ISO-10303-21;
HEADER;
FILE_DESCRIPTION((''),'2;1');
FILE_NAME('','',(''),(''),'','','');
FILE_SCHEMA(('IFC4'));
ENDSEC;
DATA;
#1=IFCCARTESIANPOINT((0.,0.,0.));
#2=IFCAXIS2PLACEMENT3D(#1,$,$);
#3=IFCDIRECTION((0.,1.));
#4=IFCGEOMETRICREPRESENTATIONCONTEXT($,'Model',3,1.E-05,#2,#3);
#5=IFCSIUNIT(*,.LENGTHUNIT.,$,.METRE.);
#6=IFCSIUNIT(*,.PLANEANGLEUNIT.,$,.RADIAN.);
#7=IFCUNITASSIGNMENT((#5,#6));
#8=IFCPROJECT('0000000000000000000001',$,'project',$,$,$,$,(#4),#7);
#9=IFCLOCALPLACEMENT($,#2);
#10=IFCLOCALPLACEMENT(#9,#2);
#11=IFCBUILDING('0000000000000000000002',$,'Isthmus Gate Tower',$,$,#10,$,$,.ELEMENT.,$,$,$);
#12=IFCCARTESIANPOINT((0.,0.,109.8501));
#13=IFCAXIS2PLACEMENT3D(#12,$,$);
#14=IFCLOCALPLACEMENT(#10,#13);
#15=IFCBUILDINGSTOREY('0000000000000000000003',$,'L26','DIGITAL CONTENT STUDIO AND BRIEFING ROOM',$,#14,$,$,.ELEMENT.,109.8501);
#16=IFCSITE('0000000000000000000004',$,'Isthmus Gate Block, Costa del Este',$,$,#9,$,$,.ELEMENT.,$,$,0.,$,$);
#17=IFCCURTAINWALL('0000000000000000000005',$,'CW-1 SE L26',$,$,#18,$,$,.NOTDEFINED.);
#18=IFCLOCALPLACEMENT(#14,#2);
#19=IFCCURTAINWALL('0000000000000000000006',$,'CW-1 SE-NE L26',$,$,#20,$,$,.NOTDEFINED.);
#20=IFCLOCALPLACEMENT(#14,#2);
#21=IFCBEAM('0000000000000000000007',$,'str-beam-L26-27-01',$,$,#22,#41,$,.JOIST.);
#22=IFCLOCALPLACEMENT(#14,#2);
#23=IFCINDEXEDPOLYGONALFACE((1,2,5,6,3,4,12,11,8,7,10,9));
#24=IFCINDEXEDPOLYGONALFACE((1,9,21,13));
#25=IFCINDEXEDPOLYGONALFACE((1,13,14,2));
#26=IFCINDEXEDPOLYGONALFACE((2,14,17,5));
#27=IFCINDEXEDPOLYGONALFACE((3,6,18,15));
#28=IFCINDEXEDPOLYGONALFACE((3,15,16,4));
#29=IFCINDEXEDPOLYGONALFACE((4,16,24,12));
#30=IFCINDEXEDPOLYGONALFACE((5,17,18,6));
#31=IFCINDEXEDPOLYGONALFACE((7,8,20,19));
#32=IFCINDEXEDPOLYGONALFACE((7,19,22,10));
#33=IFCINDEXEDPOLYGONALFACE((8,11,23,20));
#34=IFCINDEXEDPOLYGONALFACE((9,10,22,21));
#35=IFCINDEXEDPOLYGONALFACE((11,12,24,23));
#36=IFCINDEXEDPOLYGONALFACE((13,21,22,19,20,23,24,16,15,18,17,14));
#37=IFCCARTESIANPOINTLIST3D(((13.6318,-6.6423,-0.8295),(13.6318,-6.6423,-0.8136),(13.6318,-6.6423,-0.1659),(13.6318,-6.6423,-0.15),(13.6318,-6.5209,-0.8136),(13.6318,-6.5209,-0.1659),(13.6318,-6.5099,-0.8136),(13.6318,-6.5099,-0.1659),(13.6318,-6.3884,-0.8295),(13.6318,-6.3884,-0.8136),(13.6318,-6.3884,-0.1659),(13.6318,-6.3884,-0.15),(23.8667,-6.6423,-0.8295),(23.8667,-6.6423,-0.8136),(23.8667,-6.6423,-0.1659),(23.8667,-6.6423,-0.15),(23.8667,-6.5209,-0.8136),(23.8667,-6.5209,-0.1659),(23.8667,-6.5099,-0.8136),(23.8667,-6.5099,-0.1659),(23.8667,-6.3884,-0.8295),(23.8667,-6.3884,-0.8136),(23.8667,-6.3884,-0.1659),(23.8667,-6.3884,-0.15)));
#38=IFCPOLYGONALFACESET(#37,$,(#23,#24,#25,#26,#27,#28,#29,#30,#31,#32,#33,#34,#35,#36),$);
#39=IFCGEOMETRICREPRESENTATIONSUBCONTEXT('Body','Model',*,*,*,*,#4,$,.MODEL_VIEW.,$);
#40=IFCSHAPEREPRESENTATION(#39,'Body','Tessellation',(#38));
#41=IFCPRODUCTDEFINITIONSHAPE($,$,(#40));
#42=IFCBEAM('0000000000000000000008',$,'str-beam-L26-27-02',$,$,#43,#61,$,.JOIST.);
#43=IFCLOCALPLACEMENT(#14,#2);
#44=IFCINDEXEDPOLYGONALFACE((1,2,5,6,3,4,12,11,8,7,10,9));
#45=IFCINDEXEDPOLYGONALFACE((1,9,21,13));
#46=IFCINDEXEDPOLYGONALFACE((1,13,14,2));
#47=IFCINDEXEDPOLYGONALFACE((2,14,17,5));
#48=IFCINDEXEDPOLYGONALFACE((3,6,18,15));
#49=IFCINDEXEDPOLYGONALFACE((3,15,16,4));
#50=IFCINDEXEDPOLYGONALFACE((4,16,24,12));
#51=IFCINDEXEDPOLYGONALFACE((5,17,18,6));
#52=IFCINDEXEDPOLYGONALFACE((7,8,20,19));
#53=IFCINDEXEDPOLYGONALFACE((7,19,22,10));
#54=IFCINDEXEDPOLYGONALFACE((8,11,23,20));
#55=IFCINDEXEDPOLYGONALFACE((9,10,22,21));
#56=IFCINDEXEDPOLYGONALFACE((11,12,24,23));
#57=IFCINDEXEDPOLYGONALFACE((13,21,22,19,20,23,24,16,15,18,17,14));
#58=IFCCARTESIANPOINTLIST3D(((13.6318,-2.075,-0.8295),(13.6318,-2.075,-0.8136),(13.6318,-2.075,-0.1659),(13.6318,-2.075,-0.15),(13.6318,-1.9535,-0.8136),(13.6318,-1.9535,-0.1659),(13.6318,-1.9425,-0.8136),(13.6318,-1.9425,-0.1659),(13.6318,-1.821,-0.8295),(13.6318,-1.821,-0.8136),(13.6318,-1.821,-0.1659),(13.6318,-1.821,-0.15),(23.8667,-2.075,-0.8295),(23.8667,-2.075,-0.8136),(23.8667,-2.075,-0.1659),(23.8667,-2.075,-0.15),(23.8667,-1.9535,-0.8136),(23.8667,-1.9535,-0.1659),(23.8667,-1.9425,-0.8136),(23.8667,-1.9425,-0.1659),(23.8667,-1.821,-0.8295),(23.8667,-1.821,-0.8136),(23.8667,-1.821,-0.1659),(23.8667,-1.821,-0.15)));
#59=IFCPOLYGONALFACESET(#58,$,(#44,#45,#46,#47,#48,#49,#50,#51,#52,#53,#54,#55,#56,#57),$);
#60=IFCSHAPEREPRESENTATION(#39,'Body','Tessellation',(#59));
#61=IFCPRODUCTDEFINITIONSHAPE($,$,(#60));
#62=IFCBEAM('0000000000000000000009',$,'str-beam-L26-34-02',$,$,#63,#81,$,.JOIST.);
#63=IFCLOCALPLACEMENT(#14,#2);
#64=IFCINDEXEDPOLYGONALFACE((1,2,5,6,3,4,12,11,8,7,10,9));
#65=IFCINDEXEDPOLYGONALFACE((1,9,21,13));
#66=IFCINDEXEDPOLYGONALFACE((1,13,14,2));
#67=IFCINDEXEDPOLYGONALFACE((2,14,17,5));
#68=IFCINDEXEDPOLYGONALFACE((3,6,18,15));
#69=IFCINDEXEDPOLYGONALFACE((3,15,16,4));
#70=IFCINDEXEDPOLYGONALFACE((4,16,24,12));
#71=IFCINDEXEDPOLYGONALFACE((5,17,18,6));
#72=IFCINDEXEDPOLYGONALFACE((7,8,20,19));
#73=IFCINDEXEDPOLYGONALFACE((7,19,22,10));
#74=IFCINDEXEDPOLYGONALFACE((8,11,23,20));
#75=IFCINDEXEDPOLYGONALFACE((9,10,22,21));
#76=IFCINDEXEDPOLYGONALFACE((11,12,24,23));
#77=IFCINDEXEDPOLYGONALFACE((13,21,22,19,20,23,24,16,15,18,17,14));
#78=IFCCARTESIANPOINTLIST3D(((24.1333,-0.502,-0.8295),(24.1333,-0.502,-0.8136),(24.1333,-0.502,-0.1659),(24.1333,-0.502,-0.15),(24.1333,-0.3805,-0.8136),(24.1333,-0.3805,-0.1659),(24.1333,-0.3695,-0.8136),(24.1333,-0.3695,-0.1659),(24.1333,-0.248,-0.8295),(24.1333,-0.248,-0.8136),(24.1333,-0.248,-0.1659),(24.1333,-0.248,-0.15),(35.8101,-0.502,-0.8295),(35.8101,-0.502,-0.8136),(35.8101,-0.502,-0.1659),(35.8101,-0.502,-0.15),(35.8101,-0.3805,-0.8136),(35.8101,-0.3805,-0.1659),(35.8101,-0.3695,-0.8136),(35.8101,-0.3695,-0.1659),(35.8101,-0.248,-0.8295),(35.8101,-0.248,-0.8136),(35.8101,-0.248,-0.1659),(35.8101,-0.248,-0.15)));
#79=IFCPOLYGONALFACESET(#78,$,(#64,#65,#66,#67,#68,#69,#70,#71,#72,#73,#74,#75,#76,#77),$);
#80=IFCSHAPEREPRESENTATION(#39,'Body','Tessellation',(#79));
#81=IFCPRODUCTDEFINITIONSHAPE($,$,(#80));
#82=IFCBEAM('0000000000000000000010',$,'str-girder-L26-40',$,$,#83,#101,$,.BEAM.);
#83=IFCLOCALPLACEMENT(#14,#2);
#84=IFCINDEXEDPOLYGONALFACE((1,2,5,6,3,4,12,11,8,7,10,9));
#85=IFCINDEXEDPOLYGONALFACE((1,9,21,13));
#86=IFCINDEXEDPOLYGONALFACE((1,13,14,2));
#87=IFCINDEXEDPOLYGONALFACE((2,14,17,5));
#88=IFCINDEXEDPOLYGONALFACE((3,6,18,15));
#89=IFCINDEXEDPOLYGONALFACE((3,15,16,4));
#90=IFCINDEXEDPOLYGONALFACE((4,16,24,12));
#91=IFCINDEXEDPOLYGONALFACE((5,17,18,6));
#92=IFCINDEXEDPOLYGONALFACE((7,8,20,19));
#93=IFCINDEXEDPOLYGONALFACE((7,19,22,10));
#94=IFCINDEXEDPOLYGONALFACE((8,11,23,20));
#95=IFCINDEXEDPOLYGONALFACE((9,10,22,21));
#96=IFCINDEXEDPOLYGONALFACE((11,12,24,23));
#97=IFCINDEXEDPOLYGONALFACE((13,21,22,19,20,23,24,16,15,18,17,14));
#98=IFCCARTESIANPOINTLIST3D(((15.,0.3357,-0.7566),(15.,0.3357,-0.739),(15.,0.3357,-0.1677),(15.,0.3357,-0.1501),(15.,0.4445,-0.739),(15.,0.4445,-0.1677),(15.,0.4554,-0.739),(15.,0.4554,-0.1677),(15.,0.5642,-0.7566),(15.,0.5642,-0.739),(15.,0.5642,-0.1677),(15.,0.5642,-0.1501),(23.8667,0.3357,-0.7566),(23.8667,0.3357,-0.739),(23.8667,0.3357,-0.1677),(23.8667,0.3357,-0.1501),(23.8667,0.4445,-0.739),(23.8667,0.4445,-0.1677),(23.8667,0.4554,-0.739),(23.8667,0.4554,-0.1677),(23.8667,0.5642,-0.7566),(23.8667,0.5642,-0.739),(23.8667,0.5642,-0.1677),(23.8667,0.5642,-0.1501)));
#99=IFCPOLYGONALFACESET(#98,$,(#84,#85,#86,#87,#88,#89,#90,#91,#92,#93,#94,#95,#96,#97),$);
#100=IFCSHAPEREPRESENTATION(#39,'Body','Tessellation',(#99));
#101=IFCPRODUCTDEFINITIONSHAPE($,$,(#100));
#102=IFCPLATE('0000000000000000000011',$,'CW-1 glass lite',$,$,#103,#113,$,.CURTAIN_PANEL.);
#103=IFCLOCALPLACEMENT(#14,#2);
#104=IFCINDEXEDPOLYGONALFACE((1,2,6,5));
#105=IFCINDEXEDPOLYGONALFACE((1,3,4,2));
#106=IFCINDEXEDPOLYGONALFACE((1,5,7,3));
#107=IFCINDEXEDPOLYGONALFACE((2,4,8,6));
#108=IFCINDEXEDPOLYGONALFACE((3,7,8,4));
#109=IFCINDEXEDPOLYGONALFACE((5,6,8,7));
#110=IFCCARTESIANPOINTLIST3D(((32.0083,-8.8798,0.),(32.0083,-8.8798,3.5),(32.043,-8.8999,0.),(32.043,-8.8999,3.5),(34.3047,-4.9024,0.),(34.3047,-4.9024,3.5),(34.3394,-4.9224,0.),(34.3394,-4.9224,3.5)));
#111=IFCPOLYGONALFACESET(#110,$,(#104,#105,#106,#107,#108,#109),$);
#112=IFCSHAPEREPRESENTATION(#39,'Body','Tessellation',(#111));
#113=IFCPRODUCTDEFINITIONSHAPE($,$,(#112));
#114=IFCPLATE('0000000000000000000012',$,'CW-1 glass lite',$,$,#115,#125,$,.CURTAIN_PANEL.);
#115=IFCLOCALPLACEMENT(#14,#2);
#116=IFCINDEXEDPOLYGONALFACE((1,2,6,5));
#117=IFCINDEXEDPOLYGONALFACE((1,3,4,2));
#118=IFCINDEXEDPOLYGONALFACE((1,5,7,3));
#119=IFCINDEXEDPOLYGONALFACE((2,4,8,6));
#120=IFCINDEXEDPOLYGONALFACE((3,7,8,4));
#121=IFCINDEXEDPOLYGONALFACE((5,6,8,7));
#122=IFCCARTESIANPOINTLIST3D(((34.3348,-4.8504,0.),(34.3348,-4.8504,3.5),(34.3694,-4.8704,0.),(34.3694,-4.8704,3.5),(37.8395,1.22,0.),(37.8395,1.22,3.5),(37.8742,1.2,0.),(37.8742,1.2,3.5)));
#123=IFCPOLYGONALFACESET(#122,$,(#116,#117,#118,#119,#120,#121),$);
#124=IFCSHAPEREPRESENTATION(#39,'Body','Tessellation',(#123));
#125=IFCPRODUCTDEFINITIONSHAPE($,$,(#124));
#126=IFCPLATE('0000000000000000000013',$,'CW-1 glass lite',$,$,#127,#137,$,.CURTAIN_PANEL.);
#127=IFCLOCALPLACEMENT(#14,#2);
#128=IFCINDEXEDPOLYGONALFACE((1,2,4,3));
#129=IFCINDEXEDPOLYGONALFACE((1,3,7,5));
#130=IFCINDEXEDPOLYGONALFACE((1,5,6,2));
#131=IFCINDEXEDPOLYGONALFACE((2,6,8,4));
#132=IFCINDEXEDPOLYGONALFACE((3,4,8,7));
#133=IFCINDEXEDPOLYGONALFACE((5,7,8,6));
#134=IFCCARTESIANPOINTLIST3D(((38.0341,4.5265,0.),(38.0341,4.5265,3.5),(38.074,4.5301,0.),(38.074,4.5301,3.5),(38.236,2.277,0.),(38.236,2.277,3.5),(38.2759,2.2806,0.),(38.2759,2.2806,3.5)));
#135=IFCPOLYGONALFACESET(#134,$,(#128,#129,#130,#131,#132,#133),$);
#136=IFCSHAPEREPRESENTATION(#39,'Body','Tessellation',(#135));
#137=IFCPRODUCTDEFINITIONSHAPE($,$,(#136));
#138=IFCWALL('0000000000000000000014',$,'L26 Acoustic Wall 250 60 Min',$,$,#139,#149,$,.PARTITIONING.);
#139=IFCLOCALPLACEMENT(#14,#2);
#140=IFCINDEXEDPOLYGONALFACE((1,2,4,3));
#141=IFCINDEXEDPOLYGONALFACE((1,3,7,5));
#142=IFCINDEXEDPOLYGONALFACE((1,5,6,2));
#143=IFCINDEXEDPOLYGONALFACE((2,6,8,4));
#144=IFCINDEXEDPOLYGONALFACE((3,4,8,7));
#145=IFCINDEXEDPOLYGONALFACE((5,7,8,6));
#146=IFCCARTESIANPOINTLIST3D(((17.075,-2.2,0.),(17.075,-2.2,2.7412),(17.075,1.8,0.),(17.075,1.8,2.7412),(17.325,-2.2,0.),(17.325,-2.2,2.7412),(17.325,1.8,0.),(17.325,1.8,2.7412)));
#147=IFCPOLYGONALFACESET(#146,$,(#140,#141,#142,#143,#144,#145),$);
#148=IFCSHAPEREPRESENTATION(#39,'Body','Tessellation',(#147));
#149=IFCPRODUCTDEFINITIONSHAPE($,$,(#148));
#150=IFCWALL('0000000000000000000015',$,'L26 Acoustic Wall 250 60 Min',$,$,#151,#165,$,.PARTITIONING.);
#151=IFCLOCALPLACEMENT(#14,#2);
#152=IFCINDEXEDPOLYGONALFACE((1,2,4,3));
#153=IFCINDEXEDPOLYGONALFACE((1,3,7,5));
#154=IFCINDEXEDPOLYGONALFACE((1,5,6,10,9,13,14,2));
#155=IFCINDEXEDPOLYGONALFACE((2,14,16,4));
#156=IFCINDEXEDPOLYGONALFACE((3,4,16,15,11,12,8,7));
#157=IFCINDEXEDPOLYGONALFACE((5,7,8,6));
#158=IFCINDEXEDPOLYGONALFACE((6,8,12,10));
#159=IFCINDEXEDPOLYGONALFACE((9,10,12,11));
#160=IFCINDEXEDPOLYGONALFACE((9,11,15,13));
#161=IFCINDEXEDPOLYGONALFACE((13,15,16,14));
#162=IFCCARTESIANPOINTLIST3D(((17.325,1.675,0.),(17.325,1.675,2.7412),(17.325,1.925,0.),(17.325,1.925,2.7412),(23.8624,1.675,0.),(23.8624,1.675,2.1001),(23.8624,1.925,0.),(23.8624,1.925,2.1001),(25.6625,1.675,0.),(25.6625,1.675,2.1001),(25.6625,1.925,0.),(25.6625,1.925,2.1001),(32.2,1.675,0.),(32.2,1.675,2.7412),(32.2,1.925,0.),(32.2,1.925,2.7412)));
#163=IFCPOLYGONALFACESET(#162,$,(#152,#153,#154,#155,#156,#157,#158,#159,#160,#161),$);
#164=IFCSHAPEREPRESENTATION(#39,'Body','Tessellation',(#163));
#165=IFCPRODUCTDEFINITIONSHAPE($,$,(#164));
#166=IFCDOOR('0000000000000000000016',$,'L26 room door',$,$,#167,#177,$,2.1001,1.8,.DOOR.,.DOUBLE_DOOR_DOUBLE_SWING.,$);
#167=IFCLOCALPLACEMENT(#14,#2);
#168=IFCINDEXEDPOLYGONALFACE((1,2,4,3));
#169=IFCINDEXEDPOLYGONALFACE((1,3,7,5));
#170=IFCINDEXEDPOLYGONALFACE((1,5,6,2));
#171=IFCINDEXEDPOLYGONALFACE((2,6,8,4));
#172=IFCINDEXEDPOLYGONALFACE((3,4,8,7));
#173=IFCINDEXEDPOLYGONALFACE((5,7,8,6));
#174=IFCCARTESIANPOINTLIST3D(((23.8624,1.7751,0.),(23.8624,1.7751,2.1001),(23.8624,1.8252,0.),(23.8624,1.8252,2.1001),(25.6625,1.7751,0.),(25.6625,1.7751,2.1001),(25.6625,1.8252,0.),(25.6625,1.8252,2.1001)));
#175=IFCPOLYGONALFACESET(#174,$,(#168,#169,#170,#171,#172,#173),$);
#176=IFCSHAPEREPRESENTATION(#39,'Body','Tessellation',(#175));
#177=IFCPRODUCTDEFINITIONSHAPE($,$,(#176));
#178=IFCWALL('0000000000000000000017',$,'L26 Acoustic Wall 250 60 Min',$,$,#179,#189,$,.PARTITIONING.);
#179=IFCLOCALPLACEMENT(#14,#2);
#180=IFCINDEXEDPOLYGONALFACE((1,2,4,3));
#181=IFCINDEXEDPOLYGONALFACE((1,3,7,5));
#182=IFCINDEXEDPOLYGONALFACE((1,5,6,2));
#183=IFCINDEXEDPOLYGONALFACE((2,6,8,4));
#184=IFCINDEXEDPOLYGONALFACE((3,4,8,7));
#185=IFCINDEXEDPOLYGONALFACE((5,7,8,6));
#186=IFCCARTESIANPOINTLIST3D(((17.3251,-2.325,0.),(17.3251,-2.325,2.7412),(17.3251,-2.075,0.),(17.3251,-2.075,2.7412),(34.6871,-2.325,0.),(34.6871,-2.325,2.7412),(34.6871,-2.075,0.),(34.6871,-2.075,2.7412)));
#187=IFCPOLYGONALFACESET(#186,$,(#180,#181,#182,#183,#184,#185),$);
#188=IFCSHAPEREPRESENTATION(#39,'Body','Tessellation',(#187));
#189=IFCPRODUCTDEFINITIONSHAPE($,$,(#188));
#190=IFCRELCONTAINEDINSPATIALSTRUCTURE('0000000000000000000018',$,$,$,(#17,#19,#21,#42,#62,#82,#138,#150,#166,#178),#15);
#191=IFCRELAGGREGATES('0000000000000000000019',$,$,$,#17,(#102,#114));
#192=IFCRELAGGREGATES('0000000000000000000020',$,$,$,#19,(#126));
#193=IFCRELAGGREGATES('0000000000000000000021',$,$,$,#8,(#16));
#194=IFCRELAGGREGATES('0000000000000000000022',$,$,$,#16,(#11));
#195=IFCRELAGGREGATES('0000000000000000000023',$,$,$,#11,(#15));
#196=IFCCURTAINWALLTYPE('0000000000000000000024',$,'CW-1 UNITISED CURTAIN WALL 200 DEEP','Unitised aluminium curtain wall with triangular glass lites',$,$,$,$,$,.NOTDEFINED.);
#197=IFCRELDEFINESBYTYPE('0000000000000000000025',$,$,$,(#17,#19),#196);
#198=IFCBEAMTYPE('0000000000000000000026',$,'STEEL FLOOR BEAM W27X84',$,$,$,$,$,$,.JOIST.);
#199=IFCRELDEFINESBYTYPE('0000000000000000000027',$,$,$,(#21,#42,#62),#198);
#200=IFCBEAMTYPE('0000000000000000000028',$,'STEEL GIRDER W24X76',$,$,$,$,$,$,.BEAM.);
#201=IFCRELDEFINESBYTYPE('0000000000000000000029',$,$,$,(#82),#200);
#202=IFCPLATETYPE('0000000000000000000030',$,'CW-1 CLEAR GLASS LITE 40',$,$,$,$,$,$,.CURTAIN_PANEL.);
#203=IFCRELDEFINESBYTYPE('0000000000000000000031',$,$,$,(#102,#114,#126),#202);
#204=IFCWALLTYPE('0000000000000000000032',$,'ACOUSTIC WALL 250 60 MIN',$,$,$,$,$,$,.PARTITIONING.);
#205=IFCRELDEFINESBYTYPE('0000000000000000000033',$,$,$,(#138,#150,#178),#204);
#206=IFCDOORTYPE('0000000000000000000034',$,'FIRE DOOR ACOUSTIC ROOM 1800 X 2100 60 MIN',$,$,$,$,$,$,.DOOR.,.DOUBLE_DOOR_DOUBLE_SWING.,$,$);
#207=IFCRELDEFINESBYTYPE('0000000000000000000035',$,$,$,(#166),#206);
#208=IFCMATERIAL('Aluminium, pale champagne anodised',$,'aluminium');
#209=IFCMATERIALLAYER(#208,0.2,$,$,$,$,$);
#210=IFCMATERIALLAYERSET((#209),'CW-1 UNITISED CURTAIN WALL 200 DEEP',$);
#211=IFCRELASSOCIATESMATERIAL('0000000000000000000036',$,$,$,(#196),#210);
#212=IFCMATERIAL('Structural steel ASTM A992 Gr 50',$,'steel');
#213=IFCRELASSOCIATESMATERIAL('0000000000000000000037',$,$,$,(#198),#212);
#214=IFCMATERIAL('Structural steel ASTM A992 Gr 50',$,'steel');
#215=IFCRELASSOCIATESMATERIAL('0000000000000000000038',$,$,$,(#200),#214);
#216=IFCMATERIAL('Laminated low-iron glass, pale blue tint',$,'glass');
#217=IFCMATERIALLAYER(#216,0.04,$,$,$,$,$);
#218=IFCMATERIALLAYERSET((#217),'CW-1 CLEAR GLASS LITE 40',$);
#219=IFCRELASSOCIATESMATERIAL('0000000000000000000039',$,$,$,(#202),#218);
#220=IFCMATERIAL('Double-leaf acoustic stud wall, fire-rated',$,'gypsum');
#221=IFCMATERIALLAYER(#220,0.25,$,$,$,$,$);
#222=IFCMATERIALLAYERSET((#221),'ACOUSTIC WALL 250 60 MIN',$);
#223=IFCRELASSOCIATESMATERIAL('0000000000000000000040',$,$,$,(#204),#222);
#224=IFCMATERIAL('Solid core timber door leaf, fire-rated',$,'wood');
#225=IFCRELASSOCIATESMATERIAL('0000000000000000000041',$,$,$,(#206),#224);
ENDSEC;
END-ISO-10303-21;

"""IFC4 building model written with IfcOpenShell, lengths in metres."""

from ifc_helpers import new_model, si_unit, direction, frame, frame_2d, origin, origin_2d, place, context, subcontext, project, spatial, rectangle, i_section, extrude, material, layer, layer_set, material_profile, profile_set, type_object, element, fill, aggregate, save


model = new_model("IFC4")

# Units and contexts
model_context = context("Model", 3, precision=1e-05, world=origin(), true_north=direction((0.0, 1.0)))
body_context = subcontext(model_context, "Body", "Model", "MODEL_VIEW")
ifc_project = project(units=[si_unit("LENGTHUNIT", "METRE"), si_unit("PLANEANGLEUNIT", "RADIAN")], contexts=[model_context])

# Site, building, storey
site_placement = place(None, origin())
site = spatial("IfcSite", under=ifc_project, at=site_placement, Name="Isthmus Gate Block, Costa del Este", CompositionType="ELEMENT", RefElevation=0.0)
building_placement = place(site_placement, origin())
building = spatial("IfcBuilding", under=site, at=building_placement, Name="Isthmus Gate Tower", CompositionType="ELEMENT")
storey_placement = place(building_placement, frame((0.0, 0.0, 109.8501)))
storey = spatial("IfcBuildingStorey", under=building, at=storey_placement, Name="L26", Description="DIGITAL CONTENT STUDIO AND BRIEFING ROOM", CompositionType="ELEMENT", Elevation=109.8501)

# Curtain walls
ifc_material_1 = material(Name="Aluminium, pale champagne anodised", Category="aluminium")
ifc_layer_1 = layer(ifc_material_1, 0.2)
ifc_layer_set_1 = layer_set([ifc_layer_1], Name="CW-1 UNITISED CURTAIN WALL 200 DEEP")
curtain_wall_type = type_object("IfcCurtainWallType", Name="CW-1 UNITISED CURTAIN WALL 200 DEEP", Description="Unitised aluminium curtain wall with triangular glass lites", PredefinedType="NOTDEFINED", material=ifc_layer_set_1)
curtain_wall_1_placement = place(storey_placement, origin())
curtain_wall_1 = element("IfcCurtainWall", 1, at=curtain_wall_1_placement, inside=storey, type_object=curtain_wall_type, Name="CW-1 SE L26", PredefinedType="NOTDEFINED")
curtain_wall_2_placement = place(storey_placement, origin())
curtain_wall_2 = element("IfcCurtainWall", 2, at=curtain_wall_2_placement, inside=storey, type_object=curtain_wall_type, Name="CW-1 SE-NE L26", PredefinedType="NOTDEFINED")

# Beams
ifc_material_2 = material(Name="Structural steel ASTM A992 Gr 50", Category="steel")
ifc_material_profile_1 = material_profile(ifc_material_2, i_section(OverallWidth=0.2539, OverallDepth=0.6794, WebThickness=0.011, FlangeThickness=0.0159, at=origin_2d()), Name="W27X84")
ifc_profile_set_1 = profile_set([ifc_material_profile_1], Name="Structural steel ASTM A992 Gr 50")
beam_type_1 = type_object("IfcBeamType", Name="STEEL FLOOR BEAM W27X84", PredefinedType="JOIST", material=ifc_profile_set_1)
for number, where, z_axis, x_axis, name in (
    (3, (13.6318, -6.5154, -0.4897), (1.0, 0.0, 0.0), (0.0, 1.0, 0.0), "str-beam-L26-27-01"),
    (4, (13.6318, -1.948, -0.4897), (1.0, 0.0, 0.0), (0.0, 1.0, 0.0), "str-beam-L26-27-02"),
):
    element("IfcBeam", number, at=place(storey_placement, frame(where, z_axis=z_axis, x_axis=x_axis)), inside=storey, type_object=beam_type_1, Name=name, PredefinedType="JOIST", context=body_context, shape_type="SweptSolid", body=[
        extrude(i_section(OverallWidth=0.2539, OverallDepth=0.6794, WebThickness=0.011, FlangeThickness=0.0159, at=origin_2d()), origin(), (0.0, 0.0, 1.0), 10.2349),
    ])
beam_1_placement = place(storey_placement, frame((24.1333, -0.375, -0.4897), z_axis=(1.0, 0.0, 0.0), x_axis=(0.0, 1.0, 0.0)))
element("IfcBeam", 5, at=beam_1_placement, inside=storey, type_object=beam_type_1, Name="str-beam-L26-34-02", PredefinedType="JOIST", context=body_context, shape_type="SweptSolid", body=[
    extrude(i_section(OverallWidth=0.2539, OverallDepth=0.6794, WebThickness=0.011, FlangeThickness=0.0159, at=origin_2d()), origin(), (0.0, 0.0, 1.0), 11.6768),
])
ifc_material_3 = material(Name="Structural steel ASTM A992 Gr 50", Category="steel")
ifc_material_profile_2 = material_profile(ifc_material_3, i_section(OverallWidth=0.2285, OverallDepth=0.6064, WebThickness=0.011, FlangeThickness=0.0176, at=origin_2d()), Name="W24X76")
ifc_profile_set_2 = profile_set([ifc_material_profile_2], Name="Structural steel ASTM A992 Gr 50")
beam_type_2 = type_object("IfcBeamType", Name="STEEL GIRDER W24X76", PredefinedType="BEAM", material=ifc_profile_set_2)
beam_2_placement = place(storey_placement, frame((15.0, 0.45, -0.4534), z_axis=(1.0, 0.0, 0.0), x_axis=(0.0, 1.0, 0.0)))
element("IfcBeam", 6, at=beam_2_placement, inside=storey, type_object=beam_type_2, Name="str-girder-L26-40", PredefinedType="BEAM", context=body_context, shape_type="SweptSolid", body=[
    extrude(i_section(OverallWidth=0.2285, OverallDepth=0.6064, WebThickness=0.011, FlangeThickness=0.0176, at=origin_2d()), origin(), (0.0, 0.0, 1.0), 8.8667),
])

# Plates
ifc_material_4 = material(Name="Laminated low-iron glass, pale blue tint", Category="glass")
ifc_layer_2 = layer(ifc_material_4, 0.04)
ifc_layer_set_2 = layer_set([ifc_layer_2], Name="CW-1 CLEAR GLASS LITE 40")
plate_type = type_object("IfcPlateType", Name="CW-1 CLEAR GLASS LITE 40", PredefinedType="CURTAIN_PANEL", material=ifc_layer_set_2)
plate_1_placement = place(storey_placement, frame((33.1738, -6.9011, 0.0), z_axis=(0.0, 0.0, 1.0), x_axis=(0.5, 0.866025, 0.0)))
plate_1 = element("IfcPlate", 7, at=plate_1_placement, type_object=plate_type, Name="CW-1 glass lite", PredefinedType="CURTAIN_PANEL", context=body_context, shape_type="SweptSolid", body=[
    extrude(rectangle(XDim=4.5928, YDim=0.04, at=origin_2d()), origin(), (0.0, 0.0, 1.0), 3.5),
])
plate_2_placement = place(storey_placement, frame((36.1045, -1.8252, 0.0), z_axis=(0.0, 0.0, 1.0), x_axis=(0.5, 0.866025, 0.0)))
plate_2 = element("IfcPlate", 8, at=plate_2_placement, type_object=plate_type, Name="CW-1 glass lite", PredefinedType="CURTAIN_PANEL", context=body_context, shape_type="SweptSolid", body=[
    extrude(rectangle(XDim=7.0095, YDim=0.04, at=origin_2d()), origin(), (0.0, 0.0, 1.0), 3.5),
])
aggregate(curtain_wall_1, [plate_1, plate_2])
plate_3_placement = place(storey_placement, frame((38.155, 3.4036, 0.0), z_axis=(0.0, 0.0, 1.0), x_axis=(-0.089397, 0.995996, 0.0)))
plate_3 = element("IfcPlate", 9, at=plate_3_placement, type_object=plate_type, Name="CW-1 glass lite", PredefinedType="CURTAIN_PANEL", context=body_context, shape_type="SweptSolid", body=[
    extrude(rectangle(XDim=2.2585, YDim=0.04, at=origin_2d()), origin(), (0.0, 0.0, 1.0), 3.5),
])
aggregate(curtain_wall_2, [plate_3])

# Wall
ifc_material_5 = material(Name="Double-leaf acoustic stud wall, fire-rated", Category="gypsum")
ifc_layer_3 = layer(ifc_material_5, 0.25)
ifc_layer_set_3 = layer_set([ifc_layer_3], Name="ACOUSTIC WALL 250 60 MIN")
wall_type_1 = type_object("IfcWallType", Name="ACOUSTIC WALL 250 60 MIN", PredefinedType="PARTITIONING", material=ifc_layer_set_3)
wall_1_placement = place(storey_placement, frame((17.2, 1.8, 0.0), z_axis=(0.0, 0.0, 1.0), x_axis=(0.0, -1.0, 0.0)))
element("IfcWall", 10, at=wall_1_placement, inside=storey, type_object=wall_type_1, Name="L26 Acoustic Wall 250 60 Min", PredefinedType="PARTITIONING", context=body_context, shape_type="SweptSolid", body=[
    extrude(rectangle(XDim=4.0, YDim=0.25, at=frame_2d((2.0, 0.0))), origin(), (0.0, 0.0, 1.0), 2.7412),
])

# Wall, opening, door
wall_2_placement = place(storey_placement, frame((32.2, 1.8, 0.0), z_axis=(0.0, 0.0, 1.0), x_axis=(-1.0, 0.0, 0.0)))
wall_2 = element("IfcWall", 11, at=wall_2_placement, inside=storey, type_object=wall_type_1, Name="L26 Acoustic Wall 250 60 Min", PredefinedType="PARTITIONING", context=body_context, shape_type="SweptSolid", body=[
    extrude(rectangle(XDim=14.875, YDim=0.25, at=frame_2d((7.4375, 0.0))), origin(), (0.0, 0.0, 1.0), 2.7412),
])
opening_1_placement = place(wall_2_placement, frame((6.5376, 0.0, 0.0)))
opening_1 = element("IfcOpeningElement", 12, at=opening_1_placement, cuts=wall_2, PredefinedType="OPENING", context=body_context, shape_type="SweptSolid", body=[
    extrude(rectangle(XDim=1.8, YDim=2.1001, at=frame_2d((0.8999, 1.05))), frame((0.0, 0.135, 0.0), z_axis=(0.0, -1.0, 0.0), x_axis=(1.0, 0.0, 0.0)), (0.0, 0.0, 1.0), 0.27),
])
ifc_material_6 = material(Name="Solid core timber door leaf, fire-rated", Category="wood")
door_type_1 = type_object("IfcDoorType", Name="FIRE DOOR ACOUSTIC ROOM 1800 X 2100 60 MIN", OperationType="DOUBLE_DOOR_DOUBLE_SWING", PredefinedType="DOOR", material=ifc_material_6)
door_1_placement = place(opening_1_placement, origin())
door_1 = element("IfcDoor", 13, at=door_1_placement, inside=storey, type_object=door_type_1, Name="L26 room door", OperationType="DOUBLE_DOOR_DOUBLE_SWING", OverallHeight=2.1001, OverallWidth=1.8, PredefinedType="DOOR", context=body_context, shape_type="SweptSolid", body=[
    extrude(rectangle(XDim=1.8, YDim=2.1001, at=frame_2d((0.8999, 1.05))), frame((0.0, 0.0249, 0.0), z_axis=(0.0, -1.0, 0.0), x_axis=(1.0, 0.0, 0.0)), (0.0, 0.0, 1.0), 0.05),
])
fill(opening_1, door_1)

# Wall
wall_3_placement = place(storey_placement, frame((17.325, -2.2, 0.0), z_axis=(0.0, 0.0, 1.0), x_axis=(1.0, 0.0, 0.0)))
element("IfcWall", 14, at=wall_3_placement, inside=storey, type_object=wall_type_1, Name="L26 Acoustic Wall 250 60 Min", PredefinedType="PARTITIONING", context=body_context, shape_type="SweptSolid", body=[
    extrude(rectangle(XDim=17.3621, YDim=0.25, at=frame_2d((8.6812, 0.0))), origin(), (0.0, 0.0, 1.0), 2.7412),
])

save(model, "model.ifc")
